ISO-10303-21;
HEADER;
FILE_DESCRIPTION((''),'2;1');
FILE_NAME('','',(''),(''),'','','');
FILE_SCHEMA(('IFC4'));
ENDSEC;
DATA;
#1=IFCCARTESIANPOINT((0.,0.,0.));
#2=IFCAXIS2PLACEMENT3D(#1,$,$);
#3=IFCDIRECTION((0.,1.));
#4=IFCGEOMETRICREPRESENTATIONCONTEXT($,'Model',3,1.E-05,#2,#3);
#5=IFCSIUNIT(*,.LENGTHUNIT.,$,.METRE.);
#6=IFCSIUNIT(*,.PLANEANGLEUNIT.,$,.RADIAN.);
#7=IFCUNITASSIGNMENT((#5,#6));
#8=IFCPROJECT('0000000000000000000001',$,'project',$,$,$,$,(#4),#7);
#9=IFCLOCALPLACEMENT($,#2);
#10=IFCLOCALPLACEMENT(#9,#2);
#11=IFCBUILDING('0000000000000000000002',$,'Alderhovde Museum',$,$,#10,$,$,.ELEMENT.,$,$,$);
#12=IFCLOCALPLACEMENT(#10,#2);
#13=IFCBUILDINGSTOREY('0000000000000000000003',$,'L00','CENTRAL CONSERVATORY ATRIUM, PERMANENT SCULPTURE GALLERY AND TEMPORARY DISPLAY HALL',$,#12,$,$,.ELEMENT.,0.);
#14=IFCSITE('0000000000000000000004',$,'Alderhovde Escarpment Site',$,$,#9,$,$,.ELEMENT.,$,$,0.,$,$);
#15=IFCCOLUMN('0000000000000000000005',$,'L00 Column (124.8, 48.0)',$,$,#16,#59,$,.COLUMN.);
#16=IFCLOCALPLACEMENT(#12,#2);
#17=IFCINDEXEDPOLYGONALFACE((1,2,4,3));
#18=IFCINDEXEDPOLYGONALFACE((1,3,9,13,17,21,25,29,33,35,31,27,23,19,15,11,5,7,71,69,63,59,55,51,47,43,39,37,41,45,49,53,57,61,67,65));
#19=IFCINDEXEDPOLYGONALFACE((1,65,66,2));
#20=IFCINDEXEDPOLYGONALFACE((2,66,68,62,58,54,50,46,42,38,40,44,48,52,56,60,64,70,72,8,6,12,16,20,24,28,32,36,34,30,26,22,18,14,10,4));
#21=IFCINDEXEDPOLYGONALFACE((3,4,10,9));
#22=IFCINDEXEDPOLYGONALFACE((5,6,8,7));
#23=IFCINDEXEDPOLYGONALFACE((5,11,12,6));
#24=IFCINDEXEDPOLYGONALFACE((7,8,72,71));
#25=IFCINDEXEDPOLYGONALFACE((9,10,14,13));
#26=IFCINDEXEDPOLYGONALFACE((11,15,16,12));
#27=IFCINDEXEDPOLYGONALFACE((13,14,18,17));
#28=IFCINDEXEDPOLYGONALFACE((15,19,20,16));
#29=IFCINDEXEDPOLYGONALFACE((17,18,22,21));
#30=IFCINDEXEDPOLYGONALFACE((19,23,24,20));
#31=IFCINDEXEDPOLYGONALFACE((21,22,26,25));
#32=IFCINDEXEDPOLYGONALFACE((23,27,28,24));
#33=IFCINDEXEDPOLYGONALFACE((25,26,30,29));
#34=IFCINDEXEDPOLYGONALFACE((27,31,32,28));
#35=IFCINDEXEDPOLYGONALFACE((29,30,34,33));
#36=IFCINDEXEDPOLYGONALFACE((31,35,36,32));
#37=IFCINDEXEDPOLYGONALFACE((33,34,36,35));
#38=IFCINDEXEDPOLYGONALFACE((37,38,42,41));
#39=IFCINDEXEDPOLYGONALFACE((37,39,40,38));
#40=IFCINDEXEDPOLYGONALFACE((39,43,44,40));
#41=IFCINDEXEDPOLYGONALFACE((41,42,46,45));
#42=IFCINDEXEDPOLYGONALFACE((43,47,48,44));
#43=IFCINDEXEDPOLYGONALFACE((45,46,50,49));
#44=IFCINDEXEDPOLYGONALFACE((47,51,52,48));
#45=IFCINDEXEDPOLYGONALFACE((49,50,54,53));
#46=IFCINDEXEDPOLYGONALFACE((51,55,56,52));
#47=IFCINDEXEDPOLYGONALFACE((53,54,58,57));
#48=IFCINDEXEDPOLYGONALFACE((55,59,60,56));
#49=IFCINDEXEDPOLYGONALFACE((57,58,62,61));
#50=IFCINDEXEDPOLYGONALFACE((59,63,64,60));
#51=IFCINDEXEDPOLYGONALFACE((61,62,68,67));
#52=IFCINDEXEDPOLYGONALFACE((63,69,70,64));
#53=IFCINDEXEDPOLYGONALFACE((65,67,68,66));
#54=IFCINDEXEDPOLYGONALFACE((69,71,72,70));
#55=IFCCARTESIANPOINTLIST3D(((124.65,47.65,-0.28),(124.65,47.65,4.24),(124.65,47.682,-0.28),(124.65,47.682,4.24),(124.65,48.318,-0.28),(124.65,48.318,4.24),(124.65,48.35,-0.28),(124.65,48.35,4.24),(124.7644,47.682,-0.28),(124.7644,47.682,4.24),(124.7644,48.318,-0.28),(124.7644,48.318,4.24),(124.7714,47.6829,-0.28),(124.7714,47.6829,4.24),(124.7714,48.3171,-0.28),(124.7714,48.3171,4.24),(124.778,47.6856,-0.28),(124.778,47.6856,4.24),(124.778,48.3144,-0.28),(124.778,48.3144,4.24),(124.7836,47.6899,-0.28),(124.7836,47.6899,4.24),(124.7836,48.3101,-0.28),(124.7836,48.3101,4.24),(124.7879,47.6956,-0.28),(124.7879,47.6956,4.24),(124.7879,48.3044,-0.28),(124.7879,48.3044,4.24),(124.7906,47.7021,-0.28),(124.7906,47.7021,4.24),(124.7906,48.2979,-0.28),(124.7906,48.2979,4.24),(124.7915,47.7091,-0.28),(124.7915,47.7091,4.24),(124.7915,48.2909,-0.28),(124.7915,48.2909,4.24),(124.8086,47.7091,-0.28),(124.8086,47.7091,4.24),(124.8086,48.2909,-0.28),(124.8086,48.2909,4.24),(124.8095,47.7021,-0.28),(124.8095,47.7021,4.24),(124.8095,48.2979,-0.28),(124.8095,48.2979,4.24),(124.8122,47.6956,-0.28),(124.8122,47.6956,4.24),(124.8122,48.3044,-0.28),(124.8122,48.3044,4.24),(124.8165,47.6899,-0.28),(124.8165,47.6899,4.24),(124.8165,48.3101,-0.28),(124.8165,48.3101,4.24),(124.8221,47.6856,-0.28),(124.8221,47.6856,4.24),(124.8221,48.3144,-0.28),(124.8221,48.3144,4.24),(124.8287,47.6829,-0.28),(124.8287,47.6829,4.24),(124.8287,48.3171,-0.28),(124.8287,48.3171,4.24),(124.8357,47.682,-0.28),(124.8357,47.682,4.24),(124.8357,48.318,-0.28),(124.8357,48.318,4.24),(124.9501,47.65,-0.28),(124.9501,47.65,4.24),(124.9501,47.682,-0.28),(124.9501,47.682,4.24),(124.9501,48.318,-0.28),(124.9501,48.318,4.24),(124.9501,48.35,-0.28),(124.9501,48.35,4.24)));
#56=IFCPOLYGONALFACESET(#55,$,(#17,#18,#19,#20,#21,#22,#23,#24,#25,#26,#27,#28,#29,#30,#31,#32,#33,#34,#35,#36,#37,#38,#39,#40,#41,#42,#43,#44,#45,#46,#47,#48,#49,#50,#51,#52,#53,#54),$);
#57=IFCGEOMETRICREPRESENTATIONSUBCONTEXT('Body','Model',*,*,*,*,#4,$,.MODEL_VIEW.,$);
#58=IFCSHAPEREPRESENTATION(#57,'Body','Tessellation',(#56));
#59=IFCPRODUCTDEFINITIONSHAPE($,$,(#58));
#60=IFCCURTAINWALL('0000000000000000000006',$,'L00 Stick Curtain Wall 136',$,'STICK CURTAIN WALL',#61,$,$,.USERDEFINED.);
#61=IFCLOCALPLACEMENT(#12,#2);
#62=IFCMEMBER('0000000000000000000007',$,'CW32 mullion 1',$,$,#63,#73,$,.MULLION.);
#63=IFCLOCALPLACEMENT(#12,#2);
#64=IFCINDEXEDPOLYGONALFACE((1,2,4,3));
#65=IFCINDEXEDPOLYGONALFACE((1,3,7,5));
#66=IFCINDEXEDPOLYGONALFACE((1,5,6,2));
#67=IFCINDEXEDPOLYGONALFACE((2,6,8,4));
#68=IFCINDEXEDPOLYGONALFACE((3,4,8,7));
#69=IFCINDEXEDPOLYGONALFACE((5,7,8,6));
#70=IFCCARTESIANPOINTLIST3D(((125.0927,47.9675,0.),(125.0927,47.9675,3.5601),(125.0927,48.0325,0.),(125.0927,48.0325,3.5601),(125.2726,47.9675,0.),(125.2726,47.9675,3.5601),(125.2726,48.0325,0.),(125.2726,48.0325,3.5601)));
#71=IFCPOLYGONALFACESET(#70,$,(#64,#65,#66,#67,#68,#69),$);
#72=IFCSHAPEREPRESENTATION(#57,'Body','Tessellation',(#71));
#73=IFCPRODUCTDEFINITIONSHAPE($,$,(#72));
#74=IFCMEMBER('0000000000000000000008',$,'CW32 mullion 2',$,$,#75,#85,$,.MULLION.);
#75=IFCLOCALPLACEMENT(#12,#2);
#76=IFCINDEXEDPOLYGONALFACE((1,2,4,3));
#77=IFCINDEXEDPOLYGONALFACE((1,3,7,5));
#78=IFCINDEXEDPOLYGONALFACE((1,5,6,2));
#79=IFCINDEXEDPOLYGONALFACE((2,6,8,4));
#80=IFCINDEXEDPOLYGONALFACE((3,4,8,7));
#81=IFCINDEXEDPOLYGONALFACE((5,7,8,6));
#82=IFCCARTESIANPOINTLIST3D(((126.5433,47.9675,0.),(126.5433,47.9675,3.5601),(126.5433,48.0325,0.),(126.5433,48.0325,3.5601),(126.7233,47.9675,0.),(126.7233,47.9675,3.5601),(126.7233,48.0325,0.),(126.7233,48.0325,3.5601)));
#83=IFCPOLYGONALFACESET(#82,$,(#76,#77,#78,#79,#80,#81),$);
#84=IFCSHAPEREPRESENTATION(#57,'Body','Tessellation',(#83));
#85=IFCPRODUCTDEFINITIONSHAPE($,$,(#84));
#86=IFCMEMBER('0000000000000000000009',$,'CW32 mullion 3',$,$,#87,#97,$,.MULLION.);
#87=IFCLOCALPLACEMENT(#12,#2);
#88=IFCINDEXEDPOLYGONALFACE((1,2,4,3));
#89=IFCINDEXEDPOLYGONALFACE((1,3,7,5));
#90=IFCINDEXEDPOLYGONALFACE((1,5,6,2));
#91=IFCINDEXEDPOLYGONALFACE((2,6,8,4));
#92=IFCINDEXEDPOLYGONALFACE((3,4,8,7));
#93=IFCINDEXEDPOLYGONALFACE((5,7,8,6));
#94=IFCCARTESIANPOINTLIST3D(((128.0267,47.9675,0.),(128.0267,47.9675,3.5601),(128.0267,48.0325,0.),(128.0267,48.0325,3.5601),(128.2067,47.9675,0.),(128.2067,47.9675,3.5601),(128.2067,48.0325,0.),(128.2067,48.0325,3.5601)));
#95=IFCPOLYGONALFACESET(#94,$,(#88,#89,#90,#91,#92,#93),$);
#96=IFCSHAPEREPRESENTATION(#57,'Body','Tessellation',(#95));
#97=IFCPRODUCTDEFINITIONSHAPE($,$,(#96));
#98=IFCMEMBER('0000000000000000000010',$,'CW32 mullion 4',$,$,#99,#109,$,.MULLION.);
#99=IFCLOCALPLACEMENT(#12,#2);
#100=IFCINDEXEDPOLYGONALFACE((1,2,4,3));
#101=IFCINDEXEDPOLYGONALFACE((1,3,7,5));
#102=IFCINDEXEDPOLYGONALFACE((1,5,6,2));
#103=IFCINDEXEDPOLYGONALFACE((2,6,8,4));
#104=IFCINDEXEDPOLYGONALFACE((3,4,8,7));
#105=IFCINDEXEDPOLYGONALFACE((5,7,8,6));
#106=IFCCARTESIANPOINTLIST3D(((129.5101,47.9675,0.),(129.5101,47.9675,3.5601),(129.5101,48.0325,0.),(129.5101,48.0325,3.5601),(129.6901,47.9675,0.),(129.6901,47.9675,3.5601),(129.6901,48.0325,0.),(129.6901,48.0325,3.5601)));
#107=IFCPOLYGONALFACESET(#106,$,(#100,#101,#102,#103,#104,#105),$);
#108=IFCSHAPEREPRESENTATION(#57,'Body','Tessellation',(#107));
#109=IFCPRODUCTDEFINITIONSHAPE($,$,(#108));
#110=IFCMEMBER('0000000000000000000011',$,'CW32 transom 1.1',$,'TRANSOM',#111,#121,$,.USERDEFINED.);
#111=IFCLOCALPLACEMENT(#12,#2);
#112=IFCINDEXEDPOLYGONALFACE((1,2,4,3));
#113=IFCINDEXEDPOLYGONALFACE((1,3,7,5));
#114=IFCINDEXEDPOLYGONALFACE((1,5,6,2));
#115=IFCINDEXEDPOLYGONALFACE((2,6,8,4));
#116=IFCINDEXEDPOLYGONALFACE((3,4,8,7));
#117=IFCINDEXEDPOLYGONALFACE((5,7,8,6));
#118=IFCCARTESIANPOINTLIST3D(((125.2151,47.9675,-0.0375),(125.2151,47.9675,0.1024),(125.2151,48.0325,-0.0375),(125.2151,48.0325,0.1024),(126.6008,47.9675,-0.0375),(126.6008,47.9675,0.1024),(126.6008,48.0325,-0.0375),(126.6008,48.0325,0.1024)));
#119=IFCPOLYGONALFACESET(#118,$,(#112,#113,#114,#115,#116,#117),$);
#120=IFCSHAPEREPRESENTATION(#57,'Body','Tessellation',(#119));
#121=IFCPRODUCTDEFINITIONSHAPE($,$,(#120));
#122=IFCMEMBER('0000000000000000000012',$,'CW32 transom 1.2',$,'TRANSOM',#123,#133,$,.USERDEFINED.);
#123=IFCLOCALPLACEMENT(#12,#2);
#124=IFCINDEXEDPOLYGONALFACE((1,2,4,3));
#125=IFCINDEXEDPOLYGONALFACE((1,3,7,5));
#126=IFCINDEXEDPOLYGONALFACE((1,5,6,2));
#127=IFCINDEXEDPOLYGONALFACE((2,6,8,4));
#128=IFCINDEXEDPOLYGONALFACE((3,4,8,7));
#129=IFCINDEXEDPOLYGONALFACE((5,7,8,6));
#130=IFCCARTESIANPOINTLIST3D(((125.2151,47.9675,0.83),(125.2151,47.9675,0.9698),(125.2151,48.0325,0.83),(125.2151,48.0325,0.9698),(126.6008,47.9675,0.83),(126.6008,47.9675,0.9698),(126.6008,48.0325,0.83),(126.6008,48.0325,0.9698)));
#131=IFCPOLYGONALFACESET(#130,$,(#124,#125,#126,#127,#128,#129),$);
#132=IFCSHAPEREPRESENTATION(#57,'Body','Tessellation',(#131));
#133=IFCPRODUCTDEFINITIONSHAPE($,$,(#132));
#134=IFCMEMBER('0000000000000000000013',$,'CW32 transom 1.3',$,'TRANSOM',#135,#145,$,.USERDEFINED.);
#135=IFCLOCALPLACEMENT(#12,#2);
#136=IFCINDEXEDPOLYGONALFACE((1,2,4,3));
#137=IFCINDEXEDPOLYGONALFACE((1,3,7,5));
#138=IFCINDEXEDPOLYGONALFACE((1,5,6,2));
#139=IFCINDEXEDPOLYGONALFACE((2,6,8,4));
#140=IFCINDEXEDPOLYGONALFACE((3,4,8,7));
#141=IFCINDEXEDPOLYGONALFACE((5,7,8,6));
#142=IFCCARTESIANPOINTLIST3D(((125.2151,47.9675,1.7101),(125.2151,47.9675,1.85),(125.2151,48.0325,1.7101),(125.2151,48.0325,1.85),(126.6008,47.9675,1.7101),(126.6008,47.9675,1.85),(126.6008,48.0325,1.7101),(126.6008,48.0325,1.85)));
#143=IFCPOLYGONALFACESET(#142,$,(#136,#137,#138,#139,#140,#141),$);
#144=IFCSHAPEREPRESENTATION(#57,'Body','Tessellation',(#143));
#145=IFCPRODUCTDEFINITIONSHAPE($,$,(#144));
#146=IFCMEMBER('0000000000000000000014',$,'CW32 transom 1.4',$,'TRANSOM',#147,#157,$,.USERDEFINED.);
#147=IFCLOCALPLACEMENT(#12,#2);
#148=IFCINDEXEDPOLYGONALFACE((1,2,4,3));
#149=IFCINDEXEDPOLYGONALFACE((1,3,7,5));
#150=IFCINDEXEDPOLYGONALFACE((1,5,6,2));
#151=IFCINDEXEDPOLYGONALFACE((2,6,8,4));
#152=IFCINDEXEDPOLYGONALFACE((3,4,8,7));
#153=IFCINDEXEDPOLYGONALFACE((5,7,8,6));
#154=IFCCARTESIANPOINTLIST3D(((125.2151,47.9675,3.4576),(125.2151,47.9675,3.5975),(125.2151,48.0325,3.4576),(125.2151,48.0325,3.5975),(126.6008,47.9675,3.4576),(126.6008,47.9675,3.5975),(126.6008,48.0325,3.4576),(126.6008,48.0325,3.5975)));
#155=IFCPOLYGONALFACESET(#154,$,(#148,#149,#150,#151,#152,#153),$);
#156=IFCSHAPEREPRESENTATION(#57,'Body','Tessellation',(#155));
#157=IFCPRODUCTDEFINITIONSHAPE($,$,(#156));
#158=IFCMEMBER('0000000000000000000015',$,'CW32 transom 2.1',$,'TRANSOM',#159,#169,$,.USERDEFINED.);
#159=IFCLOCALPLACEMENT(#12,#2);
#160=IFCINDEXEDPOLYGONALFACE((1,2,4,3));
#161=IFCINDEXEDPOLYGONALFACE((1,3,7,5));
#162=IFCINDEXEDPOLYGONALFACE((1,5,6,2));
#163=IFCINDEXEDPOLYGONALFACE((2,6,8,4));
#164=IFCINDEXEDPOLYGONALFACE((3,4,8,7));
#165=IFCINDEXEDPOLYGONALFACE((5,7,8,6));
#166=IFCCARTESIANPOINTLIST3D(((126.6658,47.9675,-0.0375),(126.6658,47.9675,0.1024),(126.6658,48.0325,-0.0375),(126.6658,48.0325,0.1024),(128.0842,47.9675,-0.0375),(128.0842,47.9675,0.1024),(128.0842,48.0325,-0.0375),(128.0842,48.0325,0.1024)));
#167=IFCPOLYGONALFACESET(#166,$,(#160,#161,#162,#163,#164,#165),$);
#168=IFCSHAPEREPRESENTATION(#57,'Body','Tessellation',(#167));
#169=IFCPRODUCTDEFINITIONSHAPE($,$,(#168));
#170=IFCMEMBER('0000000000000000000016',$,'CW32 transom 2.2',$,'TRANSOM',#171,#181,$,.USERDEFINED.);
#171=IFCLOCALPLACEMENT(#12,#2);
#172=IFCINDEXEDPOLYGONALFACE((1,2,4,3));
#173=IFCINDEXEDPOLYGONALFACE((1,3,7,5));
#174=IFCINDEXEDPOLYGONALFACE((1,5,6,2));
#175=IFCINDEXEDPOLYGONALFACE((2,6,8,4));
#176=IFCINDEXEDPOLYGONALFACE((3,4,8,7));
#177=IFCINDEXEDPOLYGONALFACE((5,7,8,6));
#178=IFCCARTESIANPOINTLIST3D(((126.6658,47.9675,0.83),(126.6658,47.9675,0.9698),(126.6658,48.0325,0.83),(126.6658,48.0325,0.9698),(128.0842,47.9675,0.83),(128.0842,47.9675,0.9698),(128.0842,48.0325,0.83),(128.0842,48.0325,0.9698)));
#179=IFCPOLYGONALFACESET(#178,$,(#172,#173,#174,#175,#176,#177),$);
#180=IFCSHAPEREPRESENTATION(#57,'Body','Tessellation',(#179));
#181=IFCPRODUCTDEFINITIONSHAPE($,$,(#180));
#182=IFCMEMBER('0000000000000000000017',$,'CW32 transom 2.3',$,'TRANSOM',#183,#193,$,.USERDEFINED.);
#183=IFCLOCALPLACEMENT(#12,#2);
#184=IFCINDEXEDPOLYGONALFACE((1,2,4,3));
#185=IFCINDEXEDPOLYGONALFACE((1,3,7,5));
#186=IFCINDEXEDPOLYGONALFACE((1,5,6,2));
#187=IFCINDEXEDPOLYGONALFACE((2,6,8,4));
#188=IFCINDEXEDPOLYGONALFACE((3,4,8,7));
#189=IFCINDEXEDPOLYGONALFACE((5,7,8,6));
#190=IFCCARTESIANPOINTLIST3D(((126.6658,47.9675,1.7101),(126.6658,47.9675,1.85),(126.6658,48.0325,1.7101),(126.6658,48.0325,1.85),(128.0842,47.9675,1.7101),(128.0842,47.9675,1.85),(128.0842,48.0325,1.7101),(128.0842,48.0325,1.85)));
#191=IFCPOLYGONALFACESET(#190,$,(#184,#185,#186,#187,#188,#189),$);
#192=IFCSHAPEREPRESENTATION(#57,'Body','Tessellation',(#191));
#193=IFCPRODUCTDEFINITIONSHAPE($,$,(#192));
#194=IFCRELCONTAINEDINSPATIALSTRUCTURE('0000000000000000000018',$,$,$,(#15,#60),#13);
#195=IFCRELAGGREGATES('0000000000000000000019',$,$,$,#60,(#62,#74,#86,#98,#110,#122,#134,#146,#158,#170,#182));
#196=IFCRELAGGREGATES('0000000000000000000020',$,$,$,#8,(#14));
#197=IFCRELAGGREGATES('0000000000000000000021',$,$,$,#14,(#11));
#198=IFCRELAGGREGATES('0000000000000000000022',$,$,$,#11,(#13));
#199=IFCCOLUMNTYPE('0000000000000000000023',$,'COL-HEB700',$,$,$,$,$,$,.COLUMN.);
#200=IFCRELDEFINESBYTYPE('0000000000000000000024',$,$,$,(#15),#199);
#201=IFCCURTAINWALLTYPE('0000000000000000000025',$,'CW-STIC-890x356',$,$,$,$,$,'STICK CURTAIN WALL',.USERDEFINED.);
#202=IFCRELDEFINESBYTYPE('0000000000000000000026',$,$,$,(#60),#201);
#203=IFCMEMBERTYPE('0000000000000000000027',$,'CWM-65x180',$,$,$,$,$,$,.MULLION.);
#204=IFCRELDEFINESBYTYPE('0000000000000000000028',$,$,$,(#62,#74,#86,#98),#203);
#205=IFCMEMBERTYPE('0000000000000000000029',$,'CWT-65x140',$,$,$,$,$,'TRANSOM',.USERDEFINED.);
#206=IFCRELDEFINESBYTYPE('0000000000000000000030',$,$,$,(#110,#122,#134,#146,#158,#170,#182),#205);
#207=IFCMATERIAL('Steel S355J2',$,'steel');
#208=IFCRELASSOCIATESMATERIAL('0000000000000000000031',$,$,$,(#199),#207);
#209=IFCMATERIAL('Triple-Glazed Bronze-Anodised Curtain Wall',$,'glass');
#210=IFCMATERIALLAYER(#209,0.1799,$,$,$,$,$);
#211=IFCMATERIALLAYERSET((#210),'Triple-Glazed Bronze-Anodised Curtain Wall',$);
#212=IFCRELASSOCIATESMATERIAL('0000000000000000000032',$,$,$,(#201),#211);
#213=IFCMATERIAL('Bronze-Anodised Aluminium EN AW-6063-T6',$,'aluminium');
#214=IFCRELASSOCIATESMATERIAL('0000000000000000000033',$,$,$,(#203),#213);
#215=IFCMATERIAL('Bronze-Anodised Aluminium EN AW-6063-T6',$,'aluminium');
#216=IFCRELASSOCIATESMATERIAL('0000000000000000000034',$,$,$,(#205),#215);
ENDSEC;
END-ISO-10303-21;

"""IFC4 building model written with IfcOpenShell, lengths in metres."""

from ifc_helpers import new_model, si_unit, direction, frame, origin, origin_2d, place, context, subcontext, project, spatial, rectangle, i_section, extrude, material, layer, layer_set, material_profile, profile_set, type_object, element, aggregate, save


model = new_model("IFC4")

# Units and contexts
model_context = context("Model", 3, precision=1e-05, world=origin(), true_north=direction((0.0, 1.0)))
body_context = subcontext(model_context, "Body", "Model", "MODEL_VIEW")
ifc_project = project(units=[si_unit("LENGTHUNIT", "METRE"), si_unit("PLANEANGLEUNIT", "RADIAN")], contexts=[model_context])

# Site, building, storey
site_placement = place(None, origin())
site = spatial("IfcSite", under=ifc_project, at=site_placement, Name="Alderhovde Escarpment Site", CompositionType="ELEMENT", RefElevation=0.0)
building_placement = place(site_placement, origin())
building = spatial("IfcBuilding", under=site, at=building_placement, Name="Alderhovde Museum", CompositionType="ELEMENT")
storey_placement = place(building_placement, origin())
storey = spatial("IfcBuildingStorey", under=building, at=storey_placement, Name="L00", Description="CENTRAL CONSERVATORY ATRIUM, PERMANENT SCULPTURE GALLERY AND TEMPORARY DISPLAY HALL", CompositionType="ELEMENT", Elevation=0.0)

# Column
ifc_material_1 = material(Name="Steel S355J2", Category="steel")
ifc_material_profile_1 = material_profile(ifc_material_1, i_section(OverallWidth=0.3, OverallDepth=0.7, WebThickness=0.0171, FlangeThickness=0.032, FilletRadius=0.0271, at=origin_2d()), Name="HEB 700")
ifc_profile_set_1 = profile_set([ifc_material_profile_1], Name="Steel S355J2")
column_type = type_object("IfcColumnType", Name="COL-HEB700", PredefinedType="COLUMN", material=ifc_profile_set_1)
column_placement = place(storey_placement, frame((124.8, 48.0, -0.28), z_axis=(0.0, 0.0, 1.0), x_axis=(1.0, 0.0, 0.0)))
element("IfcColumn", 1, at=column_placement, inside=storey, type_object=column_type, Name="L00 Column (124.8, 48.0)", PredefinedType="COLUMN", context=body_context, shape_type="SweptSolid", body=[
    extrude(i_section(OverallWidth=0.3, OverallDepth=0.7, WebThickness=0.0171, FlangeThickness=0.032, FilletRadius=0.0271, at=origin_2d()), origin(), (0.0, 0.0, 1.0), 4.52),
])

# Curtain wall, members
ifc_material_2 = material(Name="Triple-Glazed Bronze-Anodised Curtain Wall", Category="glass")
ifc_layer_1 = layer(ifc_material_2, 0.1799)
ifc_layer_set_1 = layer_set([ifc_layer_1], Name="Triple-Glazed Bronze-Anodised Curtain Wall")
curtain_wall_type = type_object("IfcCurtainWallType", Name="CW-STIC-890x356", ElementType="STICK CURTAIN WALL", PredefinedType="USERDEFINED", material=ifc_layer_set_1)
curtain_wall_placement = place(storey_placement, origin())
curtain_wall = element("IfcCurtainWall", 2, at=curtain_wall_placement, inside=storey, type_object=curtain_wall_type, Name="L00 Stick Curtain Wall 136", ObjectType="STICK CURTAIN WALL", PredefinedType="USERDEFINED")
ifc_material_3 = material(Name="Bronze-Anodised Aluminium EN AW-6063-T6", Category="aluminium")
ifc_material_profile_2 = material_profile(ifc_material_3, rectangle(XDim=0.0649, YDim=0.1799, at=origin_2d()), Name="MULLION 65x180")
ifc_profile_set_2 = profile_set([ifc_material_profile_2], Name="Bronze-Anodised Aluminium EN AW-6063-T6")
member_type_1 = type_object("IfcMemberType", Name="CWM-65x180", PredefinedType="MULLION", material=ifc_profile_set_2)
member_1_placement = place(storey_placement, frame((125.1826, 48.0, 0.0), z_axis=(0.0, 0.0, 1.0), x_axis=(0.0, 1.0, 0.0)))
member_1 = element("IfcMember", 3, at=member_1_placement, type_object=member_type_1, Name="CW32 mullion 1", PredefinedType="MULLION", context=body_context, shape_type="SweptSolid", body=[
    extrude(rectangle(XDim=0.0649, YDim=0.1799, at=origin_2d()), origin(), (0.0, 0.0, 1.0), 3.5601),
])
member_2_placement = place(storey_placement, frame((126.6333, 48.0, 0.0), z_axis=(0.0, 0.0, 1.0), x_axis=(0.0, 1.0, 0.0)))
member_2 = element("IfcMember", 4, at=member_2_placement, type_object=member_type_1, Name="CW32 mullion 2", PredefinedType="MULLION", context=body_context, shape_type="SweptSolid", body=[
    extrude(rectangle(XDim=0.0649, YDim=0.1799, at=origin_2d()), origin(), (0.0, 0.0, 1.0), 3.5601),
])
member_3_placement = place(storey_placement, frame((128.1167, 48.0, 0.0), z_axis=(0.0, 0.0, 1.0), x_axis=(0.0, 1.0, 0.0)))
member_3 = element("IfcMember", 5, at=member_3_placement, type_object=member_type_1, Name="CW32 mullion 3", PredefinedType="MULLION", context=body_context, shape_type="SweptSolid", body=[
    extrude(rectangle(XDim=0.0649, YDim=0.1799, at=origin_2d()), origin(), (0.0, 0.0, 1.0), 3.5601),
])
member_4_placement = place(storey_placement, frame((129.6001, 48.0, 0.0), z_axis=(0.0, 0.0, 1.0), x_axis=(0.0, 1.0, 0.0)))
member_4 = element("IfcMember", 6, at=member_4_placement, type_object=member_type_1, Name="CW32 mullion 4", PredefinedType="MULLION", context=body_context, shape_type="SweptSolid", body=[
    extrude(rectangle(XDim=0.0649, YDim=0.1799, at=origin_2d()), origin(), (0.0, 0.0, 1.0), 3.5601),
])
ifc_material_4 = material(Name="Bronze-Anodised Aluminium EN AW-6063-T6", Category="aluminium")
ifc_material_profile_3 = material_profile(ifc_material_4, rectangle(XDim=0.0649, YDim=0.1399, at=origin_2d()), Name="TRANSOM 65x140")
ifc_profile_set_3 = profile_set([ifc_material_profile_3], Name="Bronze-Anodised Aluminium EN AW-6063-T6")
member_type_2 = type_object("IfcMemberType", Name="CWT-65x140", ElementType="TRANSOM", PredefinedType="USERDEFINED", material=ifc_profile_set_3)
member_5_placement = place(storey_placement, frame((125.2151, 48.0, 0.0325), z_axis=(1.0, 0.0, 0.0), x_axis=(0.0, 1.0, 0.0)))
member_5 = element("IfcMember", 7, at=member_5_placement, type_object=member_type_2, Name="CW32 transom 1.1", ObjectType="TRANSOM", PredefinedType="USERDEFINED", context=body_context, shape_type="SweptSolid", body=[
    extrude(rectangle(XDim=0.0649, YDim=0.1399, at=origin_2d()), origin(), (0.0, 0.0, 1.0), 1.3857),
])
member_6_placement = place(storey_placement, frame((125.2151, 48.0, 0.8999), z_axis=(1.0, 0.0, 0.0), x_axis=(0.0, 1.0, 0.0)))
member_6 = element("IfcMember", 8, at=member_6_placement, type_object=member_type_2, Name="CW32 transom 1.2", ObjectType="TRANSOM", PredefinedType="USERDEFINED", context=body_context, shape_type="SweptSolid", body=[
    extrude(rectangle(XDim=0.0649, YDim=0.1399, at=origin_2d()), origin(), (0.0, 0.0, 1.0), 1.3857),
])
member_7_placement = place(storey_placement, frame((125.2151, 48.0, 1.78), z_axis=(1.0, 0.0, 0.0), x_axis=(0.0, 1.0, 0.0)))
member_7 = element("IfcMember", 9, at=member_7_placement, type_object=member_type_2, Name="CW32 transom 1.3", ObjectType="TRANSOM", PredefinedType="USERDEFINED", context=body_context, shape_type="SweptSolid", body=[
    extrude(rectangle(XDim=0.0649, YDim=0.1399, at=origin_2d()), origin(), (0.0, 0.0, 1.0), 1.3857),
])
member_8_placement = place(storey_placement, frame((125.2151, 48.0, 3.5276), z_axis=(1.0, 0.0, 0.0), x_axis=(0.0, 1.0, 0.0)))
member_8 = element("IfcMember", 10, at=member_8_placement, type_object=member_type_2, Name="CW32 transom 1.4", ObjectType="TRANSOM", PredefinedType="USERDEFINED", context=body_context, shape_type="SweptSolid", body=[
    extrude(rectangle(XDim=0.0649, YDim=0.1399, at=origin_2d()), origin(), (0.0, 0.0, 1.0), 1.3857),
])
member_9_placement = place(storey_placement, frame((126.6658, 48.0, 0.0325), z_axis=(1.0, 0.0, 0.0), x_axis=(0.0, 1.0, 0.0)))
member_9 = element("IfcMember", 11, at=member_9_placement, type_object=member_type_2, Name="CW32 transom 2.1", ObjectType="TRANSOM", PredefinedType="USERDEFINED", context=body_context, shape_type="SweptSolid", body=[
    extrude(rectangle(XDim=0.0649, YDim=0.1399, at=origin_2d()), origin(), (0.0, 0.0, 1.0), 1.4185),
])
member_10_placement = place(storey_placement, frame((126.6658, 48.0, 0.8999), z_axis=(1.0, 0.0, 0.0), x_axis=(0.0, 1.0, 0.0)))
member_10 = element("IfcMember", 12, at=member_10_placement, type_object=member_type_2, Name="CW32 transom 2.2", ObjectType="TRANSOM", PredefinedType="USERDEFINED", context=body_context, shape_type="SweptSolid", body=[
    extrude(rectangle(XDim=0.0649, YDim=0.1399, at=origin_2d()), origin(), (0.0, 0.0, 1.0), 1.4185),
])
member_11_placement = place(storey_placement, frame((126.6658, 48.0, 1.78), z_axis=(1.0, 0.0, 0.0), x_axis=(0.0, 1.0, 0.0)))
member_11 = element("IfcMember", 13, at=member_11_placement, type_object=member_type_2, Name="CW32 transom 2.3", ObjectType="TRANSOM", PredefinedType="USERDEFINED", context=body_context, shape_type="SweptSolid", body=[
    extrude(rectangle(XDim=0.0649, YDim=0.1399, at=origin_2d()), origin(), (0.0, 0.0, 1.0), 1.4185),
])

aggregate(curtain_wall, [member_1, member_2, member_3, member_4, member_5, member_6, member_7, member_8, member_9, member_10, member_11])

save(model, "model.ifc")
